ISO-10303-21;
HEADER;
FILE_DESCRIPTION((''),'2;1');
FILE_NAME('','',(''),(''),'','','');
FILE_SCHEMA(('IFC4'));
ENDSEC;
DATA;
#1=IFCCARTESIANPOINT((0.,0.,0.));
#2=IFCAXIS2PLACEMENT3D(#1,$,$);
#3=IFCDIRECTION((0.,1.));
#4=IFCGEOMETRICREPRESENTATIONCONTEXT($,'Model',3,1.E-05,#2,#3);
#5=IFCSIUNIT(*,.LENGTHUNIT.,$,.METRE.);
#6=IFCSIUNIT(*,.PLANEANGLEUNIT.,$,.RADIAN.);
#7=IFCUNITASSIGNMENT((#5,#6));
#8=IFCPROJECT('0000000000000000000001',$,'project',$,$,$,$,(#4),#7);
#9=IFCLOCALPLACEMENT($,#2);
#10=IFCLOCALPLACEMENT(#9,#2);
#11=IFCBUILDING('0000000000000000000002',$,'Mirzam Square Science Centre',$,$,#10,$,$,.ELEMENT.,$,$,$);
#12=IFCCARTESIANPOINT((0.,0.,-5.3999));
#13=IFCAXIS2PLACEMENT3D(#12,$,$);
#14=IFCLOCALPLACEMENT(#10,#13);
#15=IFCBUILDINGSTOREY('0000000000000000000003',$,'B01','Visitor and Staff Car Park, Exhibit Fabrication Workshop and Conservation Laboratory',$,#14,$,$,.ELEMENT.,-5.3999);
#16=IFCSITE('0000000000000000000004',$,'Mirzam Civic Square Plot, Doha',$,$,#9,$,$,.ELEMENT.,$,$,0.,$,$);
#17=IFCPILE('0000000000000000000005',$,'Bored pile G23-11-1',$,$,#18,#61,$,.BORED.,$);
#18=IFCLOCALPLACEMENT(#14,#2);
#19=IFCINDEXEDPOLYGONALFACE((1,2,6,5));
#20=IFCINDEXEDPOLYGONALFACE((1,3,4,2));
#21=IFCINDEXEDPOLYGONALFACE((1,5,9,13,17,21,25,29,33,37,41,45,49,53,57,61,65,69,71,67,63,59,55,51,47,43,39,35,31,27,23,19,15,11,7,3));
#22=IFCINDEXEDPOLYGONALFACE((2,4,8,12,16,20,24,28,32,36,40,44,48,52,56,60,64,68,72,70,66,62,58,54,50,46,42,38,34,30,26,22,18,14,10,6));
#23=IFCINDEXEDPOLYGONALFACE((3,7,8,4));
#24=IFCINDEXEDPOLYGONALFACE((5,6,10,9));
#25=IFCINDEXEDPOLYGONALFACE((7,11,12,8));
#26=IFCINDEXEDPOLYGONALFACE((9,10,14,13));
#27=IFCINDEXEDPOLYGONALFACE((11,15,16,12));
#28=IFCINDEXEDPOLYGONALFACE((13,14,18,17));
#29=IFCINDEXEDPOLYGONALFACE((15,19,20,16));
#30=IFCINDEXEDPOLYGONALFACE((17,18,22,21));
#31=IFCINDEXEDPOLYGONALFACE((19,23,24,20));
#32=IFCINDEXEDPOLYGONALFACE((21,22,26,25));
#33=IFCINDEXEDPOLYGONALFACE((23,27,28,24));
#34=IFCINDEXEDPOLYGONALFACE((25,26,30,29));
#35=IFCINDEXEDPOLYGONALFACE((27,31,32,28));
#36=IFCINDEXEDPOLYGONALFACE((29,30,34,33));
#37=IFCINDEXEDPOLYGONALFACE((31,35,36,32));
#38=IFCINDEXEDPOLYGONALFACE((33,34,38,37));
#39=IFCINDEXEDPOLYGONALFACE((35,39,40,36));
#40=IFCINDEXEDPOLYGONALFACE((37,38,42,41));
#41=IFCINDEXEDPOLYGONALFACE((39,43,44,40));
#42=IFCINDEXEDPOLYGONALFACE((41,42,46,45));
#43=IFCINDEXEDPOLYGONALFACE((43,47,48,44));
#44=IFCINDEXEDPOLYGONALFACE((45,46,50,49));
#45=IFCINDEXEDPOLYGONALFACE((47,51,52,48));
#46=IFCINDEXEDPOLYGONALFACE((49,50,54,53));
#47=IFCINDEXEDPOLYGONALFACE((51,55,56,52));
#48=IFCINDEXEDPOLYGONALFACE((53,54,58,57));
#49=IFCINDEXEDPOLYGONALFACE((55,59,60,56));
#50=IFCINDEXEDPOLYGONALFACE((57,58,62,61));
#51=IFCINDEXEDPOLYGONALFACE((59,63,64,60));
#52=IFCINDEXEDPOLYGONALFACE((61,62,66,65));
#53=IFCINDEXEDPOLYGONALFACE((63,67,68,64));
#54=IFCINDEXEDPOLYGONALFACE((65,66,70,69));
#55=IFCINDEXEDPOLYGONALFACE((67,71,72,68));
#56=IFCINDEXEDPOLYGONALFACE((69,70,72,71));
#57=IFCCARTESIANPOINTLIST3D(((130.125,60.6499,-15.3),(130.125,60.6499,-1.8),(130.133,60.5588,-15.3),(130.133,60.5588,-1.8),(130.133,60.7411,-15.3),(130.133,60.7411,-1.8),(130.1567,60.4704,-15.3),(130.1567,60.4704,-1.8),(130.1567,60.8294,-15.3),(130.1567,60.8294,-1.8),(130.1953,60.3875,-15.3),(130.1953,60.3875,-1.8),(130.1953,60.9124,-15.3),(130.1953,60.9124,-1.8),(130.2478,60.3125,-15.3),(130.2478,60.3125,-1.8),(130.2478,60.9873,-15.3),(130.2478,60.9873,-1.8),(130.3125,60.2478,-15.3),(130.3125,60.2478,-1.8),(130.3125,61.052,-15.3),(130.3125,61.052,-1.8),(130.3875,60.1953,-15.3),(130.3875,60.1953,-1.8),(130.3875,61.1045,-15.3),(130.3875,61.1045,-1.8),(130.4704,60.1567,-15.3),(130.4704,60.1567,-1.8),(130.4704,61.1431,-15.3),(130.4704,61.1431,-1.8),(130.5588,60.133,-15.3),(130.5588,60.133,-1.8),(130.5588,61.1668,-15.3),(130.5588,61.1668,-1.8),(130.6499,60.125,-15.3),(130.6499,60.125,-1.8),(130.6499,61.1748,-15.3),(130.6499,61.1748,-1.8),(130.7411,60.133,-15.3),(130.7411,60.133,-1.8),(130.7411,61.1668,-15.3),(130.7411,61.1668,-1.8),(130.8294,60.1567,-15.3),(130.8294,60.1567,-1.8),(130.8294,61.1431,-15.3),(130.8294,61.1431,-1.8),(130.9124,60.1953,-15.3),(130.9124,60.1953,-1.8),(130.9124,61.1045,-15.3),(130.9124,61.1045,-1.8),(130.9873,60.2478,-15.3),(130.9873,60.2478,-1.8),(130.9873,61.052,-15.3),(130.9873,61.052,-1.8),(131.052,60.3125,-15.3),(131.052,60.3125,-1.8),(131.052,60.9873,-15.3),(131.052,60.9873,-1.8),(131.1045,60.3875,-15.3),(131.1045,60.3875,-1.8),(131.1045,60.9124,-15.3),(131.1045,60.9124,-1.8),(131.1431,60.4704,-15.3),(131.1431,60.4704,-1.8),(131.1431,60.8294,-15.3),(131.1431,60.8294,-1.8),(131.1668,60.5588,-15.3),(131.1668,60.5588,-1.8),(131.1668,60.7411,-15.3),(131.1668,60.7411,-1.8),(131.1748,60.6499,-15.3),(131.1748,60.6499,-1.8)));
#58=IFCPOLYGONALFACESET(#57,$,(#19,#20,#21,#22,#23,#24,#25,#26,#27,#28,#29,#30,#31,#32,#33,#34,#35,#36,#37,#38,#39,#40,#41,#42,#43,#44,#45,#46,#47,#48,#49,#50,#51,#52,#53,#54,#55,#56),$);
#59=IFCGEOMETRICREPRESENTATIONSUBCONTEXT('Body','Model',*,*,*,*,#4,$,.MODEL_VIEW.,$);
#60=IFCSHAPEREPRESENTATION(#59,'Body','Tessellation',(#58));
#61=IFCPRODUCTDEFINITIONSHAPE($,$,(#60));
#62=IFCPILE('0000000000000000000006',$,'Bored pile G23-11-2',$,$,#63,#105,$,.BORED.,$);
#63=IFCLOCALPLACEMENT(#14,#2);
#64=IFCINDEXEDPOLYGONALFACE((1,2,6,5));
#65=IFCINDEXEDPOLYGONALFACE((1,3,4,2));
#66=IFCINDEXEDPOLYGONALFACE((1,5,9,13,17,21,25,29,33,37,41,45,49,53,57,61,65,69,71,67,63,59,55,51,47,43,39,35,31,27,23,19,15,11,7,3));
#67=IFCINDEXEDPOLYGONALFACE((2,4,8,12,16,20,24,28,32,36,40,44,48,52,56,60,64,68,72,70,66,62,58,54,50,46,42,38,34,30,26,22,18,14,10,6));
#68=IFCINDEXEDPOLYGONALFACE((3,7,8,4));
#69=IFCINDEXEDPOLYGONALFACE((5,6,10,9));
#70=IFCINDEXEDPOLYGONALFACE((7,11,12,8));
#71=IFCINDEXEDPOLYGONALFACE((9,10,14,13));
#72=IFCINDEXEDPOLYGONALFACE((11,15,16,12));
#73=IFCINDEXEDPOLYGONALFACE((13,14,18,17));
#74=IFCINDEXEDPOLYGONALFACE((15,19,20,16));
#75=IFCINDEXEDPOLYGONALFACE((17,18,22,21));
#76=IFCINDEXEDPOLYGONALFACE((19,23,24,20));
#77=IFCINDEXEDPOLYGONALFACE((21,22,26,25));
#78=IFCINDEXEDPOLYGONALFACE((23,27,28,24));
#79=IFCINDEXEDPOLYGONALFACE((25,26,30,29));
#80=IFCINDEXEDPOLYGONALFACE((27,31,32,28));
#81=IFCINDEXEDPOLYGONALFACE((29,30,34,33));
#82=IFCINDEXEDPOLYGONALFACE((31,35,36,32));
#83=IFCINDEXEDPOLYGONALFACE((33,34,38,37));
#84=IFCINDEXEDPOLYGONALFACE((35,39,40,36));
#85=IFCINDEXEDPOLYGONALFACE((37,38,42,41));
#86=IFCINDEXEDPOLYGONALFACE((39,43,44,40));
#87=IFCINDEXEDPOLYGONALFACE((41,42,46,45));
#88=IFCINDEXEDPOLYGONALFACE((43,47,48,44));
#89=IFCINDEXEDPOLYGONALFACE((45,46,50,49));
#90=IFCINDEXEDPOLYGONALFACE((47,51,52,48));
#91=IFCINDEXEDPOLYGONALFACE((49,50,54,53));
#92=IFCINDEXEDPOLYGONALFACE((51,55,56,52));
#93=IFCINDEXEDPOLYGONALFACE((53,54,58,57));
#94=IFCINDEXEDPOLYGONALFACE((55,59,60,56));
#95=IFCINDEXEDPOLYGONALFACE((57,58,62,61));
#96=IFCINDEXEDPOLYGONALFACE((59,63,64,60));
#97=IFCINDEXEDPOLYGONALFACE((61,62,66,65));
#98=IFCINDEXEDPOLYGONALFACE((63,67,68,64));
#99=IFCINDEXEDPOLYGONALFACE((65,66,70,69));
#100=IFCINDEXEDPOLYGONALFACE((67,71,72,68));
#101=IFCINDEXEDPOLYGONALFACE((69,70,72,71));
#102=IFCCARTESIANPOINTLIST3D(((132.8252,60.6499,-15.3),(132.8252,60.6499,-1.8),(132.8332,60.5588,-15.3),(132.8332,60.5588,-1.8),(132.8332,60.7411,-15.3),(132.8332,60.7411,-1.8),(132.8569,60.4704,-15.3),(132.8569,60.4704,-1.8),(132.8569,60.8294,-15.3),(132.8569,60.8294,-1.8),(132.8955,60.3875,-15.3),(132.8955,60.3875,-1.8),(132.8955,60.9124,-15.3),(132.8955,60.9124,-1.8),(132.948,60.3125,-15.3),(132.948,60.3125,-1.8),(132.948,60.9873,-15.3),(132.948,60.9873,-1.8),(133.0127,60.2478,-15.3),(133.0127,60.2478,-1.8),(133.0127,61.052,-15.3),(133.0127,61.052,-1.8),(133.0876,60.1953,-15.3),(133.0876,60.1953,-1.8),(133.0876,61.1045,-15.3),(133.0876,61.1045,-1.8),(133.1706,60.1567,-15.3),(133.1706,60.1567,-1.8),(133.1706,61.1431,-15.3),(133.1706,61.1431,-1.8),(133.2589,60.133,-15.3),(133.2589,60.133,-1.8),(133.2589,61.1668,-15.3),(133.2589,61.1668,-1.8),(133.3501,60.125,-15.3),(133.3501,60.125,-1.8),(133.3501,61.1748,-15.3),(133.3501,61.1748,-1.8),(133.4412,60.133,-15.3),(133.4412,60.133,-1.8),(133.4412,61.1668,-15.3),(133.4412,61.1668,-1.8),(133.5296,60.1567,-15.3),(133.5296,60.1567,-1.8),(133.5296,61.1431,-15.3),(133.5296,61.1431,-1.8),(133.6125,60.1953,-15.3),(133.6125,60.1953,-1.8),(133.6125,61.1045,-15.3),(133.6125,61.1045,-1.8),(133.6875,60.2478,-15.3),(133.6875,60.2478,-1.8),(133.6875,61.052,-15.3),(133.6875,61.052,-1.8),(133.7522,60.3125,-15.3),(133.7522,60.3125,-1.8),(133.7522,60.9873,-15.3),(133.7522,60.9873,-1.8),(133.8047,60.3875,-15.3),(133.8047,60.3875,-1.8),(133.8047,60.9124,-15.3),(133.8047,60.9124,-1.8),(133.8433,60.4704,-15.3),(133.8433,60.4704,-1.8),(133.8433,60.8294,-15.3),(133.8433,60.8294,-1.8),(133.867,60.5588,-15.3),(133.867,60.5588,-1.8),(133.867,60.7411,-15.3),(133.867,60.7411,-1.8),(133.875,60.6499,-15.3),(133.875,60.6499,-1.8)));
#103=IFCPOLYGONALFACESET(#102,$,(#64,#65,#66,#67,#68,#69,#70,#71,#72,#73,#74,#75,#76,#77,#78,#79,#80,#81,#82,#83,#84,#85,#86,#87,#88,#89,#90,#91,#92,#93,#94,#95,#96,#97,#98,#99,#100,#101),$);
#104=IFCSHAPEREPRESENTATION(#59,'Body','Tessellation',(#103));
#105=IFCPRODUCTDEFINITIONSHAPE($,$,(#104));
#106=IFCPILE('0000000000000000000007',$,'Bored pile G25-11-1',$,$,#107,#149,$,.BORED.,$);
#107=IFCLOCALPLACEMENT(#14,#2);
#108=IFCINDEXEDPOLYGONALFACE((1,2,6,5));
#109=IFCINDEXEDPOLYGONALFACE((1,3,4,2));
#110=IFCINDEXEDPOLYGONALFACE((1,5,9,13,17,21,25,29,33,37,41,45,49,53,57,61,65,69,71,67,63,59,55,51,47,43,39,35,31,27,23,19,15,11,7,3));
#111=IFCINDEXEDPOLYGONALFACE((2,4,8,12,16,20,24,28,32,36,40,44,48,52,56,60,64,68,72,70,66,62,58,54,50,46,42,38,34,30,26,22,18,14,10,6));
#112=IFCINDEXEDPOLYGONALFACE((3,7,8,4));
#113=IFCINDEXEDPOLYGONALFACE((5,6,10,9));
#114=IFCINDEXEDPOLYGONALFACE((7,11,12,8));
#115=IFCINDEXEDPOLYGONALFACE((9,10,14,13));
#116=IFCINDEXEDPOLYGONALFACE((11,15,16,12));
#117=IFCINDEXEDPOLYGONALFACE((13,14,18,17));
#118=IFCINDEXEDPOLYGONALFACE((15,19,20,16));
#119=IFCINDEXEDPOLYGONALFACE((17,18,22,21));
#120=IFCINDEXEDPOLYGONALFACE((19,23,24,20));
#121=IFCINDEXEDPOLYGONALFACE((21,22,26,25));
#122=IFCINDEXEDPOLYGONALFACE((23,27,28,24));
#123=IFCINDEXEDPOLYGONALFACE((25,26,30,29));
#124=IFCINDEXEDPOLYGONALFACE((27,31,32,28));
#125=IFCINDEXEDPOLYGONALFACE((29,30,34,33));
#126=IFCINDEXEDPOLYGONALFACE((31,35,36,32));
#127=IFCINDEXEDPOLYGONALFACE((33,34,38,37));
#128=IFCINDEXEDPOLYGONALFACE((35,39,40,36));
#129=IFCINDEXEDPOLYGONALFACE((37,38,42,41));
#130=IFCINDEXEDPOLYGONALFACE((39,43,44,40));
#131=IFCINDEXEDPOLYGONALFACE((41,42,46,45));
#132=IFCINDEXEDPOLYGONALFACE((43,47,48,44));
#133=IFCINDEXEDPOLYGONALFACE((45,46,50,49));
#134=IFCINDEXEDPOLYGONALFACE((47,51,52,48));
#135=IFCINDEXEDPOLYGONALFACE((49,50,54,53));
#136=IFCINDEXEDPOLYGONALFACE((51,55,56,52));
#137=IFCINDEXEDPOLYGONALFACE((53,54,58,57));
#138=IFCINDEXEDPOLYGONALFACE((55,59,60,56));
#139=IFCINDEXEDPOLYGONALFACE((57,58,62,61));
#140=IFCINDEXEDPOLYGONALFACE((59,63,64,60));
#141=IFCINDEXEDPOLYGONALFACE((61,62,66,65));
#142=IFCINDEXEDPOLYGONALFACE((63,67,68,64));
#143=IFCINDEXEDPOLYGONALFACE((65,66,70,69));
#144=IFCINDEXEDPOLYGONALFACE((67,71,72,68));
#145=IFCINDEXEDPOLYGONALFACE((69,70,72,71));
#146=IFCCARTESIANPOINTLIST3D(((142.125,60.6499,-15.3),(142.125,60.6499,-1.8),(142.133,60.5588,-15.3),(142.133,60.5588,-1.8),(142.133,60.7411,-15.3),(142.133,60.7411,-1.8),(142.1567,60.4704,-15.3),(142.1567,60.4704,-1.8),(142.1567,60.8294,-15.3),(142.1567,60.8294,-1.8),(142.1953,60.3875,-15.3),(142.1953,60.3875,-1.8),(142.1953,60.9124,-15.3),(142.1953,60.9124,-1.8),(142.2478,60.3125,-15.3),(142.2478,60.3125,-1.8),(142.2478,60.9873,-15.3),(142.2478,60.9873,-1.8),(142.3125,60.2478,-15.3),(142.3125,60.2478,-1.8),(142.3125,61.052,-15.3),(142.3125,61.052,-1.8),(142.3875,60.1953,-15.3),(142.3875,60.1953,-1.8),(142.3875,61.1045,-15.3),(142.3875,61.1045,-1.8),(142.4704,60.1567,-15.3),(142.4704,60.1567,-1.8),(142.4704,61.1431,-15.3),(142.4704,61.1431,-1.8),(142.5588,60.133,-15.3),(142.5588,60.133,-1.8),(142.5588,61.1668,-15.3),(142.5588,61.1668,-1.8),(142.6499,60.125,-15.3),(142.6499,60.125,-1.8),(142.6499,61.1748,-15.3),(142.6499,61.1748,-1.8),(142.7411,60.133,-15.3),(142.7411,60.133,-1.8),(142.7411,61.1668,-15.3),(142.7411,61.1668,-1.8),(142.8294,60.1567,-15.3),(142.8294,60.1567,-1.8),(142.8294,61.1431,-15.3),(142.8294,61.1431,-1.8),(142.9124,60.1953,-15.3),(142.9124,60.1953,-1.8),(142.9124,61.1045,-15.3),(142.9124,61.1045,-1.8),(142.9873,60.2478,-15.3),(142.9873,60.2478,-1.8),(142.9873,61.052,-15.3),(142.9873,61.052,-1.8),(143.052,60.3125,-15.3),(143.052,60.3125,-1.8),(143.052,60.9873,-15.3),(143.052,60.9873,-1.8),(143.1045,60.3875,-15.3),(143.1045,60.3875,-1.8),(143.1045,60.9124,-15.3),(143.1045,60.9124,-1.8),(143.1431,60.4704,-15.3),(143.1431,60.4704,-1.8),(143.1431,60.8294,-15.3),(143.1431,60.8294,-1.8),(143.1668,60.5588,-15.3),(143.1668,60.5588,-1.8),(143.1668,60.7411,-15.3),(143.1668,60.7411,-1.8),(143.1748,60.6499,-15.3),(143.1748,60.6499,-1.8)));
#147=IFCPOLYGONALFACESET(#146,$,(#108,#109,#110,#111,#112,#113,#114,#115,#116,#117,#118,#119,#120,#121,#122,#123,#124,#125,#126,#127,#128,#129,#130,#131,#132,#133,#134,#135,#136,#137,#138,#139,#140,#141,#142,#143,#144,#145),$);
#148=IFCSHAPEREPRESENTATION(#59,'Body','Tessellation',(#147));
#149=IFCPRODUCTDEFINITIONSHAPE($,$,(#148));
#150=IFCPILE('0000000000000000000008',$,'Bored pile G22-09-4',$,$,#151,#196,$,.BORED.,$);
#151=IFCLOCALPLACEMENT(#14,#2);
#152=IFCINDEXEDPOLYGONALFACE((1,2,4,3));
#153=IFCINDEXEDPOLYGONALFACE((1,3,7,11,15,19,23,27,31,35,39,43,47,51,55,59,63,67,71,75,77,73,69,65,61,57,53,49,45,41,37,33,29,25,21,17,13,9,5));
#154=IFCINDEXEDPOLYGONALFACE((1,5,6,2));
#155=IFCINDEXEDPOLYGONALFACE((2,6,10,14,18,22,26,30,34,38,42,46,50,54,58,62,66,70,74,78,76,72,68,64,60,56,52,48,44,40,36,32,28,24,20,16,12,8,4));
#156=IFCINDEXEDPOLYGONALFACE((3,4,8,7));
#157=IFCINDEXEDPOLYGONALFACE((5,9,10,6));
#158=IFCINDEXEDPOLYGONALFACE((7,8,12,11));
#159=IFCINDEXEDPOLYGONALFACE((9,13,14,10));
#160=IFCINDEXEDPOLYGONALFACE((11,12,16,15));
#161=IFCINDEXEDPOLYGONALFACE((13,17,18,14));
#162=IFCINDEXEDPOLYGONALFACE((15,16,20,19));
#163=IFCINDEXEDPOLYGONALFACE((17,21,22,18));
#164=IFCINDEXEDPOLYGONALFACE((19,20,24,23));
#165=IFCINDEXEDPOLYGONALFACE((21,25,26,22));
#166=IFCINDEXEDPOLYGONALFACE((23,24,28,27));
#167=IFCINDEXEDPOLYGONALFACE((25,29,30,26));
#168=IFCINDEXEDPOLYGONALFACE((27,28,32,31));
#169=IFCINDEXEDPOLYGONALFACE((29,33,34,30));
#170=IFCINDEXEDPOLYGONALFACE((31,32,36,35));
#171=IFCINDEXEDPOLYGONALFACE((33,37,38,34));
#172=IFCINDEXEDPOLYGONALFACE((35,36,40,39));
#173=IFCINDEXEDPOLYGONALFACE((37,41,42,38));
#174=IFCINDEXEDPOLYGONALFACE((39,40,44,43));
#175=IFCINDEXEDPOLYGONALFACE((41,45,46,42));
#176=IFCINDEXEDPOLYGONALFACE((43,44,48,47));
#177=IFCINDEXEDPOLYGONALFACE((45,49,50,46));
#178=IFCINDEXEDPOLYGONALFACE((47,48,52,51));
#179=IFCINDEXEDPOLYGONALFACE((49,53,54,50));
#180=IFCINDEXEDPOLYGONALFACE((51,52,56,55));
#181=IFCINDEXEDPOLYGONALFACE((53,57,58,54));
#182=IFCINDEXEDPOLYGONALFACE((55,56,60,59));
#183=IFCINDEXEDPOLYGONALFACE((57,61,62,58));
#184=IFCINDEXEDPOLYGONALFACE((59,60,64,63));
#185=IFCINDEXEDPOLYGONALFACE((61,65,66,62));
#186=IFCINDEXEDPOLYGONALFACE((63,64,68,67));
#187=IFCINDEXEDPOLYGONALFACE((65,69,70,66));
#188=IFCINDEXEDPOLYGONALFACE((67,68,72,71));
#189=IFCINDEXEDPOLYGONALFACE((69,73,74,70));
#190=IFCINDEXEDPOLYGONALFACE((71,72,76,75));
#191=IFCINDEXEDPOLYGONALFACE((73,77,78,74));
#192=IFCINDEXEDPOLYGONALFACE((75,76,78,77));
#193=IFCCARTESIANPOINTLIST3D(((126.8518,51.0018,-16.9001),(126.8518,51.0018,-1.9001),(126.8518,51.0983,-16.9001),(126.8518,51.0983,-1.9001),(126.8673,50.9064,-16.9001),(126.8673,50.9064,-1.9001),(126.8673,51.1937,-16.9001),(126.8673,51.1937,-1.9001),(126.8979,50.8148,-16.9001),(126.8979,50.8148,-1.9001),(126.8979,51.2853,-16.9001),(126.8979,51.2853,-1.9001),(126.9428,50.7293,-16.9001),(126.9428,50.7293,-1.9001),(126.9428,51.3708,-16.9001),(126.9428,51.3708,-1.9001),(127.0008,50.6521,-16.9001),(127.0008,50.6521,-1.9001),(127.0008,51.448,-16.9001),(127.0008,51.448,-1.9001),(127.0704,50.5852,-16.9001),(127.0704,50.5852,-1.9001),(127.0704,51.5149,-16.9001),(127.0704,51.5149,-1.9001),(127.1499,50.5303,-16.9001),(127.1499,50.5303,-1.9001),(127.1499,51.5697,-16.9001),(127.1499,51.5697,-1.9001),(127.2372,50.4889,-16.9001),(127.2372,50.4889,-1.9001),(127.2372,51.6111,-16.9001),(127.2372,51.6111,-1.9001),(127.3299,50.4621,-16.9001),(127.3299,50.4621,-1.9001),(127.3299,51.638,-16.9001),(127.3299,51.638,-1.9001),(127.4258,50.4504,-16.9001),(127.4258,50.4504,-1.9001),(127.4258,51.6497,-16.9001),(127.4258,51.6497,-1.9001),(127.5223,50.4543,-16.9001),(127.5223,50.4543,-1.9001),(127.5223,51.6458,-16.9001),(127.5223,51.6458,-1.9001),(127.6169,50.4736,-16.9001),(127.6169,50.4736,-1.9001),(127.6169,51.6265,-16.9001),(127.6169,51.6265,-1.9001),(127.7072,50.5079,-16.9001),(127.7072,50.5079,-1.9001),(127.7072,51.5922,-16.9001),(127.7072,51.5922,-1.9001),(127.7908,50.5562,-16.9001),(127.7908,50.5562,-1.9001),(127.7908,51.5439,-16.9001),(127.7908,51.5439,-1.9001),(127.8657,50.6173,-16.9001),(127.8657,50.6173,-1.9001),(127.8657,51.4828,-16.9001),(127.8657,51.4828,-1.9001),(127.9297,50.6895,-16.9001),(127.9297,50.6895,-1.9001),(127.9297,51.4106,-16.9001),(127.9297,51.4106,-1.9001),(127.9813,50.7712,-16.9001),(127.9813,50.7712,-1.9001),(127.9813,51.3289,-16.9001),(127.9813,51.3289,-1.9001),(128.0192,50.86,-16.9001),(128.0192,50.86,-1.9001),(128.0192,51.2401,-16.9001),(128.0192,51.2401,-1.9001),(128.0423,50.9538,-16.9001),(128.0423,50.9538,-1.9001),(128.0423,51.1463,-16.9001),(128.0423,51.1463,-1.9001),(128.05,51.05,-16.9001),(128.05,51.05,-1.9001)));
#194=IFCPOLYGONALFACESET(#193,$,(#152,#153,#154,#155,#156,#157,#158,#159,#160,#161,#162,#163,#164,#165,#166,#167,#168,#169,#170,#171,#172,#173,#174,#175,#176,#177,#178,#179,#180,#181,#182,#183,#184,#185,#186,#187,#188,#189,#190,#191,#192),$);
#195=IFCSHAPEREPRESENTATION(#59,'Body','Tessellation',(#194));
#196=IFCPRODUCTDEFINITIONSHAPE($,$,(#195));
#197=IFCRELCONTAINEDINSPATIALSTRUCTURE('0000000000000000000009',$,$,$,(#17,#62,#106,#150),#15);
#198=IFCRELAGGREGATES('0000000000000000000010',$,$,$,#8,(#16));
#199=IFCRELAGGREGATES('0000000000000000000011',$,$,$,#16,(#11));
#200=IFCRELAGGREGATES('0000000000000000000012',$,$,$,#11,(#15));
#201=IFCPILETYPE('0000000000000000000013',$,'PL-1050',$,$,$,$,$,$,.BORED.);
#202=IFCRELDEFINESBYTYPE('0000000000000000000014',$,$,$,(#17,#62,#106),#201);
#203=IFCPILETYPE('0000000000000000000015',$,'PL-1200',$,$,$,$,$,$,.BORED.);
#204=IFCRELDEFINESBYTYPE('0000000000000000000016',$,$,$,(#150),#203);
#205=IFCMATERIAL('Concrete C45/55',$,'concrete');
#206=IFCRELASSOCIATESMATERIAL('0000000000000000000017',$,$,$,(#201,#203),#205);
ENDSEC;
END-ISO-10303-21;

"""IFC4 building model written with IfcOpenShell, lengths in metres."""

from ifc_helpers import new_model, si_unit, direction, frame, origin, origin_2d, place, context, subcontext, project, spatial, circle, extrude, material, material_profile, profile_set, type_object, element, save


model = new_model("IFC4")

# Units and contexts
model_context = context("Model", 3, precision=1e-05, world=origin(), true_north=direction((0.0, 1.0)))
body_context = subcontext(model_context, "Body", "Model", "MODEL_VIEW")
ifc_project = project(units=[si_unit("LENGTHUNIT", "METRE"), si_unit("PLANEANGLEUNIT", "RADIAN")], contexts=[model_context])

# Site, building, storey
site_placement = place(None, origin())
site = spatial("IfcSite", under=ifc_project, at=site_placement, Name="Mirzam Civic Square Plot, Doha", CompositionType="ELEMENT", RefElevation=0.0)
building_placement = place(site_placement, origin())
building = spatial("IfcBuilding", under=site, at=building_placement, Name="Mirzam Square Science Centre", CompositionType="ELEMENT")
storey_placement = place(building_placement, frame((0.0, 0.0, -5.3999)))
storey = spatial("IfcBuildingStorey", under=building, at=storey_placement, Name="B01", Description="Visitor and Staff Car Park, Exhibit Fabrication Workshop and Conservation Laboratory", CompositionType="ELEMENT", Elevation=-5.3999)

# Shared definitions
ifc_material_1 = material(Name="Concrete C45/55", Category="concrete")

# Piles
ifc_material_profile_1 = material_profile(ifc_material_1, circle(Radius=0.5249, at=origin_2d()), Name="PILE-D1050")
ifc_profile_set_1 = profile_set([ifc_material_profile_1], Name="Concrete C45/55")
pile_type_1 = type_object("IfcPileType", Name="PL-1050", PredefinedType="BORED", material=ifc_profile_set_1)
for number, where, z_axis, x_axis, name in (
    (1, (130.6499, 60.6499, -1.8), (0.0, 0.0, -1.0), (1.0, 0.0, 0.0), "Bored pile G23-11-1"),
    (2, (133.3501, 60.6499, -1.8), (0.0, 0.0, -1.0), (1.0, 0.0, 0.0), "Bored pile G23-11-2"),
    (3, (142.6499, 60.6499, -1.8), (0.0, 0.0, -1.0), (1.0, 0.0, 0.0), "Bored pile G25-11-1"),
):
    element("IfcPile", number, at=place(storey_placement, frame(where, z_axis=z_axis, x_axis=x_axis)), inside=storey, type_object=pile_type_1, Name=name, PredefinedType="BORED", context=body_context, shape_type="SweptSolid", body=[
        extrude(circle(Radius=0.5249, at=origin_2d()), origin(), (0.0, 0.0, 1.0), 13.5),
    ])
ifc_material_profile_2 = material_profile(ifc_material_1, circle(Radius=0.6001, at=origin_2d()), Name="PILE-D1200")
ifc_profile_set_2 = profile_set([ifc_material_profile_2], Name="Concrete C45/55")
pile_type_2 = type_object("IfcPileType", Name="PL-1200", PredefinedType="BORED", material=ifc_profile_set_2)
for number, where, z_axis, x_axis, name in (
    (4, (127.45, 51.05, -1.9001), (0.0, 0.0, -1.0), (1.0, 0.0, 0.0), "Bored pile G22-09-4"),
):
    element("IfcPile", number, at=place(storey_placement, frame(where, z_axis=z_axis, x_axis=x_axis)), inside=storey, type_object=pile_type_2, Name=name, PredefinedType="BORED", context=body_context, shape_type="SweptSolid", body=[
        extrude(circle(Radius=0.6001, at=origin_2d()), origin(), (0.0, 0.0, 1.0), 15.0),
    ])

save(model, "model.ifc")
